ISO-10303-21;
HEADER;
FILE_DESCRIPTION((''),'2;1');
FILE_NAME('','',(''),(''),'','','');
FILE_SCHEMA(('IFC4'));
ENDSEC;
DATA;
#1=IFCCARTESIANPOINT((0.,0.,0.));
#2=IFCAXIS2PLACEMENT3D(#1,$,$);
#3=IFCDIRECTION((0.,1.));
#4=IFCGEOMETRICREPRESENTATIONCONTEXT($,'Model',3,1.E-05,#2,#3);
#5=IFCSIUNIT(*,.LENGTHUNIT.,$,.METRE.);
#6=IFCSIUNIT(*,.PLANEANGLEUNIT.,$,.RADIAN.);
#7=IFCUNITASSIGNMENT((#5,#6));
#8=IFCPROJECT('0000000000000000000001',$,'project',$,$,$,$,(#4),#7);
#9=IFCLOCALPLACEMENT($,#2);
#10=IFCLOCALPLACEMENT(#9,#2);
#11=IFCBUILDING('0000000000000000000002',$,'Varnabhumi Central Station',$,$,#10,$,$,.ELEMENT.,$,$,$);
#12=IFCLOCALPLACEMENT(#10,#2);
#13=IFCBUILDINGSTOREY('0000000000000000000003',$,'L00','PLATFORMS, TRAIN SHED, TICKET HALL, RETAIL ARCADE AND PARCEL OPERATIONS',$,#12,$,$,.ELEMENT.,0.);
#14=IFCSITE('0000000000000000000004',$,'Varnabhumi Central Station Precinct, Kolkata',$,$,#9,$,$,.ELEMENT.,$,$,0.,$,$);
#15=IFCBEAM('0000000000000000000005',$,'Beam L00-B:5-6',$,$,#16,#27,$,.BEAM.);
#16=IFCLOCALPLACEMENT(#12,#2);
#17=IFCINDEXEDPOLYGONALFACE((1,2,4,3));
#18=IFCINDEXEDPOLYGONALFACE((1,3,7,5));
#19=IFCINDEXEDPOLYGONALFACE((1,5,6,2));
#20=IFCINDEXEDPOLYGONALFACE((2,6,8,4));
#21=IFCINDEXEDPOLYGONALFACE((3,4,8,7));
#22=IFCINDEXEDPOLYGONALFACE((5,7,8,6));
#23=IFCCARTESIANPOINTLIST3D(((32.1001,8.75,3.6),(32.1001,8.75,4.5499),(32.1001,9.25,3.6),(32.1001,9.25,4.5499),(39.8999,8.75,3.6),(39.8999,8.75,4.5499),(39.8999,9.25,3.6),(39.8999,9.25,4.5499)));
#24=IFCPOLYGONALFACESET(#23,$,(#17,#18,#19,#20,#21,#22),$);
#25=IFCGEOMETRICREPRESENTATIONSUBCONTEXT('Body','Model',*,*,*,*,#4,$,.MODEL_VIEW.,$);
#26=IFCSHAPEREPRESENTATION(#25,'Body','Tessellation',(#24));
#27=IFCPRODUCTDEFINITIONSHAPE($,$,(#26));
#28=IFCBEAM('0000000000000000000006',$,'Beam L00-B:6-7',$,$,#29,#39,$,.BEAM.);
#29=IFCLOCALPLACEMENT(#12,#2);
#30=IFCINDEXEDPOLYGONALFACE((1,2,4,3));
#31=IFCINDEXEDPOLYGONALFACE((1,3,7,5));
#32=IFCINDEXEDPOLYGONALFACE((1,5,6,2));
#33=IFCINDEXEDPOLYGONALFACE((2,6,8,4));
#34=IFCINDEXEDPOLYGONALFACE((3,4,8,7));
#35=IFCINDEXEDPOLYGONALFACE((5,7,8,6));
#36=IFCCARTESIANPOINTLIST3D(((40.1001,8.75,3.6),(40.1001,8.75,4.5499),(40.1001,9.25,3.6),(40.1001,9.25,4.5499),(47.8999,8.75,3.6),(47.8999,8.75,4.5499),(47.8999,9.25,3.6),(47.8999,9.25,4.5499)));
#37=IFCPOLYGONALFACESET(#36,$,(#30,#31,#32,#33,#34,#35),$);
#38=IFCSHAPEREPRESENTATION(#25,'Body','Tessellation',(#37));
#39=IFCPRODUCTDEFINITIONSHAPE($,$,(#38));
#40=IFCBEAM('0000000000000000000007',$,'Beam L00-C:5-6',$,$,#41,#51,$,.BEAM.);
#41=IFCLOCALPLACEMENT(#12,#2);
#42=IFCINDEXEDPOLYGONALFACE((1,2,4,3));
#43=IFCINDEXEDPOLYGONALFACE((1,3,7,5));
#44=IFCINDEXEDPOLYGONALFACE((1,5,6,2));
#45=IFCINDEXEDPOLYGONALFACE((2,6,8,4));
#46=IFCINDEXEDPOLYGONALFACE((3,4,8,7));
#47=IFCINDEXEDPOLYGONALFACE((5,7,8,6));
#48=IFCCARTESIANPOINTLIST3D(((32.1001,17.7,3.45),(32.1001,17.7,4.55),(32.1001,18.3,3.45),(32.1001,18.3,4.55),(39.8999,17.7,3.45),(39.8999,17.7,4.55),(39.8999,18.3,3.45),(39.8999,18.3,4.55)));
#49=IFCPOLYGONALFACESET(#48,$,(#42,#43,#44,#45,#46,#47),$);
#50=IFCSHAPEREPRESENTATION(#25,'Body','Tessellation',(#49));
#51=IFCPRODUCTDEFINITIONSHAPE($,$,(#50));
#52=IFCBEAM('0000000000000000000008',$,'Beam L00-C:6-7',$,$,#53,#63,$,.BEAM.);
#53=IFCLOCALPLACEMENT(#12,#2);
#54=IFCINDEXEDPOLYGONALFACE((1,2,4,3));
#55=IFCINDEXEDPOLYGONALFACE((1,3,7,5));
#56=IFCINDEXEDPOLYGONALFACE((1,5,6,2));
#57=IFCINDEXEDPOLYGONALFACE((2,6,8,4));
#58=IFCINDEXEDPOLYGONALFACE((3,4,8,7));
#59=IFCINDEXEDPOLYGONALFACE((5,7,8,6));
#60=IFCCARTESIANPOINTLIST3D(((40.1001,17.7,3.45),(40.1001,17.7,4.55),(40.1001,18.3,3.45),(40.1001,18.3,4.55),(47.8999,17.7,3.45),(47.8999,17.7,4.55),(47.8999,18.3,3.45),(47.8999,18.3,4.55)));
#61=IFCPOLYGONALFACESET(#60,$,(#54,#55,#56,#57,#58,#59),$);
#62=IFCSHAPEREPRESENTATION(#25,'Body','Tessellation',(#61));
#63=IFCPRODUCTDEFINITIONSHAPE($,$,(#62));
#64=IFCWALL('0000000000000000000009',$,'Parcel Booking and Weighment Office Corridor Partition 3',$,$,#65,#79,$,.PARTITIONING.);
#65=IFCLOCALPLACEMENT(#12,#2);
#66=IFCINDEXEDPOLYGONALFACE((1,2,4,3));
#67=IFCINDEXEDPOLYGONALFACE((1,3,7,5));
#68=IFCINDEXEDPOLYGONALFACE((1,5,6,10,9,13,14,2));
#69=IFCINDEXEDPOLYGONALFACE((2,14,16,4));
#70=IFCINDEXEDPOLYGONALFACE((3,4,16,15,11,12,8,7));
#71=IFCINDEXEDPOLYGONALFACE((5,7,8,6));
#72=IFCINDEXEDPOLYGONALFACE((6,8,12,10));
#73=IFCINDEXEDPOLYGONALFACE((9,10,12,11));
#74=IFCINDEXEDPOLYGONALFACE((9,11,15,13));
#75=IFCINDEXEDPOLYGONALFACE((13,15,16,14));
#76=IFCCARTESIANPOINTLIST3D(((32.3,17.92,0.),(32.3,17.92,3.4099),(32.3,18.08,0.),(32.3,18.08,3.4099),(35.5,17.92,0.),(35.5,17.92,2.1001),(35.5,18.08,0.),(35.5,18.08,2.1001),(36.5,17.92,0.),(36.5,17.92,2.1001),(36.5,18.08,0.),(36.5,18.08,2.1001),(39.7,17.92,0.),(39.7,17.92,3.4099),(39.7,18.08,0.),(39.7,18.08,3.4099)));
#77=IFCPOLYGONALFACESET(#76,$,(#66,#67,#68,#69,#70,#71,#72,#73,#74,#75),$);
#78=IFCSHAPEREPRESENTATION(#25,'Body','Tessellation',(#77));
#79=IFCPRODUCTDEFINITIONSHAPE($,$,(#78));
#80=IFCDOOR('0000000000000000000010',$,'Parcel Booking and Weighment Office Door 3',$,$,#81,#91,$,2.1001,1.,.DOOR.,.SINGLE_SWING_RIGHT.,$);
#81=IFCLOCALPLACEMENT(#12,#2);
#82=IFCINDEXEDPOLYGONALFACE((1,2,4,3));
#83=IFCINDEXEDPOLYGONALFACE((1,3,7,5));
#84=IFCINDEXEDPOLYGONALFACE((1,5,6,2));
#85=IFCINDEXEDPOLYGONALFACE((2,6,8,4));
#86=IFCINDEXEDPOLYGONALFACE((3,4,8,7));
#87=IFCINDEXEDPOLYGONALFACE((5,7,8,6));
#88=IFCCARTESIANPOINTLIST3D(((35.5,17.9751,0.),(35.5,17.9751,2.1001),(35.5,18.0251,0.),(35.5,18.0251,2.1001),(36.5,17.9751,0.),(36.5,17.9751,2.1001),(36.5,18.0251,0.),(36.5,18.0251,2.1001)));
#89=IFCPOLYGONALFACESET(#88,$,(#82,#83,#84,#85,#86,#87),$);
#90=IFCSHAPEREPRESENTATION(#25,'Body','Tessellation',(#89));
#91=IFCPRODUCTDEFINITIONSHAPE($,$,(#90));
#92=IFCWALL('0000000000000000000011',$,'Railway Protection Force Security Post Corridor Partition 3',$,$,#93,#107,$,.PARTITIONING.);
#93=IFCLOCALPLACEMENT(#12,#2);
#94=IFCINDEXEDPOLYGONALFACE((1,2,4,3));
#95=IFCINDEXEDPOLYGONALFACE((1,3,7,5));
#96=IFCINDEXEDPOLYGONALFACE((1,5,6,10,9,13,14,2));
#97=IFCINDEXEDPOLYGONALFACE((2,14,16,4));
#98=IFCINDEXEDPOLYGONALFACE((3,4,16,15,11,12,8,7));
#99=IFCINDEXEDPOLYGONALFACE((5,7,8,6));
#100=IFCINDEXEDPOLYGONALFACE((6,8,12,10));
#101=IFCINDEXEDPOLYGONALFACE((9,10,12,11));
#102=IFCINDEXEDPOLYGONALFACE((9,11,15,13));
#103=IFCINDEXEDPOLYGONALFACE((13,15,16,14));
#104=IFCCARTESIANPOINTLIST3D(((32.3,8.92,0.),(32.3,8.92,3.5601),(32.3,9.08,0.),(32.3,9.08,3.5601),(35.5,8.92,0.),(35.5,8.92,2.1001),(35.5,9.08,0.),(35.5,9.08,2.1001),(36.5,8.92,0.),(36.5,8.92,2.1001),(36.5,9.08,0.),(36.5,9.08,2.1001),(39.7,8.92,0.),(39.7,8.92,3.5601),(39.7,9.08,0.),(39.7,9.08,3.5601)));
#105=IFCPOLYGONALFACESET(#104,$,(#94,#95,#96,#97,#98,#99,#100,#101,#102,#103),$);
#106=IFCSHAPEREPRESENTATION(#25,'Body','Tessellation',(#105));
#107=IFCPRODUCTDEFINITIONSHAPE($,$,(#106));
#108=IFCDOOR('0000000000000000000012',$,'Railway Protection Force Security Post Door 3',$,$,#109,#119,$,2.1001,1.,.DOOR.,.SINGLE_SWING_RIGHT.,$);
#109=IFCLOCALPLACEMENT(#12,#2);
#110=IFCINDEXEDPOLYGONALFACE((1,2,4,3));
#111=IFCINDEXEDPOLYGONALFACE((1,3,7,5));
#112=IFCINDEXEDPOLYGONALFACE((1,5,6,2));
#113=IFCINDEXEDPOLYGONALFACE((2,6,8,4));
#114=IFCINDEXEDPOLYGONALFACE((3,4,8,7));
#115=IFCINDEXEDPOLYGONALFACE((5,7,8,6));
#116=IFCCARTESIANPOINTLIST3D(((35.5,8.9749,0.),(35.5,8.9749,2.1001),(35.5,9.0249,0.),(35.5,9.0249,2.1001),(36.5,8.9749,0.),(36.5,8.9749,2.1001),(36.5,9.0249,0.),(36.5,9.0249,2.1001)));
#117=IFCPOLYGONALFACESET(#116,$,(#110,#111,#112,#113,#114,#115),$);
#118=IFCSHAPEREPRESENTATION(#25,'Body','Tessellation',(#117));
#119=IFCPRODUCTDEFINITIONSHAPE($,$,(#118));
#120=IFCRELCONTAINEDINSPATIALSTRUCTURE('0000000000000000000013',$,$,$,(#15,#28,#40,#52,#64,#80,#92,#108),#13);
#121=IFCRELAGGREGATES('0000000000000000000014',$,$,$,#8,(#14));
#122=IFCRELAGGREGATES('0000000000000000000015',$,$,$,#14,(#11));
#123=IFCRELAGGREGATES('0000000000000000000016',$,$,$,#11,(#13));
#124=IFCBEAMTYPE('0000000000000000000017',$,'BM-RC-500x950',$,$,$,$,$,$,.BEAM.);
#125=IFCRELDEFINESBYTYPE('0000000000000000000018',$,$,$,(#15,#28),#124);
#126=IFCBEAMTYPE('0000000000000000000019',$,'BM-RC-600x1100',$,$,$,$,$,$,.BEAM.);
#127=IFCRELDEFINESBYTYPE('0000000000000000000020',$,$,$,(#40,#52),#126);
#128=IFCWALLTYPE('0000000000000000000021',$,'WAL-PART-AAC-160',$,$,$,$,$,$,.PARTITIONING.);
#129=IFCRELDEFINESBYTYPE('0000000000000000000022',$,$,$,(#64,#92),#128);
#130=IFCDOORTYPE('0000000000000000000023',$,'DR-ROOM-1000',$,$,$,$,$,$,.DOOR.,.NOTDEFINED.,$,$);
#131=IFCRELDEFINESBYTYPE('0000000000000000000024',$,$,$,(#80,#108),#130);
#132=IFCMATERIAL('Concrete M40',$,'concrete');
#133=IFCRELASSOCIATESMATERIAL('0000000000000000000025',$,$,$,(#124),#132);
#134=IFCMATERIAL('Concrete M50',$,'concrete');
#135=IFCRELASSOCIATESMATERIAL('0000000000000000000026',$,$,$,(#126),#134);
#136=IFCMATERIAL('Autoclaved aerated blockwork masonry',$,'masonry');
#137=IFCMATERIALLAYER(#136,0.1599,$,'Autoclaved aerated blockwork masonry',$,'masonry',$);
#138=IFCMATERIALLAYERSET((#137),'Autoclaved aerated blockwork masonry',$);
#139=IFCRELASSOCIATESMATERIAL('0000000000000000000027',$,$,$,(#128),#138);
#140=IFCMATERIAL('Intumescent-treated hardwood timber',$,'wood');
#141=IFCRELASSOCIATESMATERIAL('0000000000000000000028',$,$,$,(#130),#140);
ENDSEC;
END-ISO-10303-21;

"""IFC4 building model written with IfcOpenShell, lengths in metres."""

from ifc_helpers import new_model, si_unit, direction, frame, frame_2d, origin, origin_2d, place, context, subcontext, project, spatial, rectangle, extrude, material, layer, layer_set, material_profile, profile_set, type_object, element, fill, save


model = new_model("IFC4")

# Units and contexts
model_context = context("Model", 3, precision=1e-05, world=origin(), true_north=direction((0.0, 1.0)))
body_context = subcontext(model_context, "Body", "Model", "MODEL_VIEW")
ifc_project = project(units=[si_unit("LENGTHUNIT", "METRE"), si_unit("PLANEANGLEUNIT", "RADIAN")], contexts=[model_context])

# Site, building, storey
site_placement = place(None, origin())
site = spatial("IfcSite", under=ifc_project, at=site_placement, Name="Varnabhumi Central Station Precinct, Kolkata", CompositionType="ELEMENT", RefElevation=0.0)
building_placement = place(site_placement, origin())
building = spatial("IfcBuilding", under=site, at=building_placement, Name="Varnabhumi Central Station", CompositionType="ELEMENT")
storey_placement = place(building_placement, origin())
storey = spatial("IfcBuildingStorey", under=building, at=storey_placement, Name="L00", Description="PLATFORMS, TRAIN SHED, TICKET HALL, RETAIL ARCADE AND PARCEL OPERATIONS", CompositionType="ELEMENT", Elevation=0.0)

# Shared definitions
ifc_material_1 = material(Name="Concrete M40", Category="concrete")

# Shared definitions
ifc_material_2 = material(Name="Concrete M50", Category="concrete")

# Beams
ifc_material_profile_1 = material_profile(ifc_material_1, rectangle(XDim=0.5, YDim=0.95, at=origin_2d()), Name="Concrete M40", Category="concrete")
ifc_profile_set_1 = profile_set([ifc_material_profile_1], Name="Concrete M40")
beam_type_1 = type_object("IfcBeamType", Name="BM-RC-500x950", PredefinedType="BEAM", material=ifc_profile_set_1)
for number, where, z_axis, x_axis, name in (
    (1, (32.1001, 9.0, 4.075), (1.0, 0.0, 0.0), (0.0, 1.0, 0.0), "Beam L00-B:5-6"),
    (2, (40.1001, 9.0, 4.075), (1.0, 0.0, 0.0), (0.0, 1.0, 0.0), "Beam L00-B:6-7"),
):
    element("IfcBeam", number, at=place(storey_placement, frame(where, z_axis=z_axis, x_axis=x_axis)), inside=storey, type_object=beam_type_1, Name=name, PredefinedType="BEAM", context=body_context, shape_type="SweptSolid", body=[
        extrude(rectangle(XDim=0.5, YDim=0.95, at=origin_2d()), origin(), (0.0, 0.0, 1.0), 7.7998),
    ])
ifc_material_profile_2 = material_profile(ifc_material_2, rectangle(XDim=0.6001, YDim=1.1001, at=origin_2d()), Name="Concrete M50", Category="concrete")
ifc_profile_set_2 = profile_set([ifc_material_profile_2], Name="Concrete M50")
beam_type_2 = type_object("IfcBeamType", Name="BM-RC-600x1100", PredefinedType="BEAM", material=ifc_profile_set_2)
for number, where, z_axis, x_axis, name in (
    (3, (32.1001, 18.0, 4.0), (1.0, 0.0, 0.0), (0.0, 1.0, 0.0), "Beam L00-C:5-6"),
    (4, (40.1001, 18.0, 4.0), (1.0, 0.0, 0.0), (0.0, 1.0, 0.0), "Beam L00-C:6-7"),
):
    element("IfcBeam", number, at=place(storey_placement, frame(where, z_axis=z_axis, x_axis=x_axis)), inside=storey, type_object=beam_type_2, Name=name, PredefinedType="BEAM", context=body_context, shape_type="SweptSolid", body=[
        extrude(rectangle(XDim=0.6001, YDim=1.1001, at=origin_2d()), origin(), (0.0, 0.0, 1.0), 7.7998),
    ])

# Shared definitions
ifc_material_3 = material(Name="Intumescent-treated hardwood timber", Category="wood")

# Walls, openings, doors
ifc_material_4 = material(Name="Autoclaved aerated blockwork masonry", Category="masonry")
ifc_layer_1 = layer(ifc_material_4, 0.1599, Name="Autoclaved aerated blockwork masonry", Category="masonry")
ifc_layer_set_1 = layer_set([ifc_layer_1], Name="Autoclaved aerated blockwork masonry")
wall_type_1 = type_object("IfcWallType", Name="WAL-PART-AAC-160", PredefinedType="PARTITIONING", material=ifc_layer_set_1)
wall_1_placement = place(storey_placement, frame((32.3, 18.0, 0.0), z_axis=(0.0, 0.0, 1.0), x_axis=(1.0, 0.0, 0.0)))
wall_1 = element("IfcWall", 5, at=wall_1_placement, inside=storey, type_object=wall_type_1, Name="Parcel Booking and Weighment Office Corridor Partition 3", PredefinedType="PARTITIONING", context=body_context, shape_type="SweptSolid", body=[
    extrude(rectangle(XDim=7.3999, YDim=0.1599, at=frame_2d((3.7, 0.0))), origin(), (0.0, 0.0, 1.0), 3.4099),
])
opening_1_placement = place(wall_1_placement, frame((3.2, 0.0, 0.0)))
opening_1 = element("IfcOpeningElement", 6, at=opening_1_placement, cuts=wall_1, PredefinedType="OPENING", context=body_context, shape_type="SweptSolid", body=[
    extrude(rectangle(XDim=1.0, YDim=2.1001, at=frame_2d((0.5, 1.05))), frame((0.0, 0.0898, 0.0), z_axis=(0.0, -1.0, 0.0), x_axis=(1.0, 0.0, 0.0)), (0.0, 0.0, 1.0), 0.1799),
])
door_type_1 = type_object("IfcDoorType", Name="DR-ROOM-1000", OperationType="NOTDEFINED", PredefinedType="DOOR", material=ifc_material_3)
door_1_placement = place(opening_1_placement, frame((1.0, 0.0, 0.0), z_axis=(0.0, 0.0, 1.0), x_axis=(-1.0, 0.0, 0.0)))
door_1 = element("IfcDoor", 7, at=door_1_placement, inside=storey, type_object=door_type_1, Name="Parcel Booking and Weighment Office Door 3", OperationType="SINGLE_SWING_RIGHT", OverallHeight=2.1001, OverallWidth=1.0, PredefinedType="DOOR", context=body_context, shape_type="SweptSolid", body=[
    extrude(rectangle(XDim=1.0, YDim=2.1001, at=frame_2d((0.5, 1.05))), frame((0.0, 0.0249, 0.0), z_axis=(0.0, -1.0, 0.0), x_axis=(1.0, 0.0, 0.0)), (0.0, 0.0, 1.0), 0.05),
])
fill(opening_1, door_1)
wall_2_placement = place(storey_placement, frame((32.3, 9.0, 0.0), z_axis=(0.0, 0.0, 1.0), x_axis=(1.0, 0.0, 0.0)))
wall_2 = element("IfcWall", 8, at=wall_2_placement, inside=storey, type_object=wall_type_1, Name="Railway Protection Force Security Post Corridor Partition 3", PredefinedType="PARTITIONING", context=body_context, shape_type="SweptSolid", body=[
    extrude(rectangle(XDim=7.3999, YDim=0.1599, at=frame_2d((3.7, 0.0))), origin(), (0.0, 0.0, 1.0), 3.5601),
])
opening_2_placement = place(wall_2_placement, frame((3.2, 0.0, 0.0)))
opening_2 = element("IfcOpeningElement", 9, at=opening_2_placement, cuts=wall_2, PredefinedType="OPENING", context=body_context, shape_type="SweptSolid", body=[
    extrude(rectangle(XDim=1.0, YDim=2.1001, at=frame_2d((0.5, 1.05))), frame((0.0, 0.0898, 0.0), z_axis=(0.0, -1.0, 0.0), x_axis=(1.0, 0.0, 0.0)), (0.0, 0.0, 1.0), 0.1799),
])
door_2_placement = place(opening_2_placement, origin())
door_2 = element("IfcDoor", 10, at=door_2_placement, inside=storey, type_object=door_type_1, Name="Railway Protection Force Security Post Door 3", OperationType="SINGLE_SWING_RIGHT", OverallHeight=2.1001, OverallWidth=1.0, PredefinedType="DOOR", context=body_context, shape_type="SweptSolid", body=[
    extrude(rectangle(XDim=1.0, YDim=2.1001, at=frame_2d((0.5, 1.05))), frame((0.0, 0.0249, 0.0), z_axis=(0.0, -1.0, 0.0), x_axis=(1.0, 0.0, 0.0)), (0.0, 0.0, 1.0), 0.05),
])
fill(opening_2, door_2)

save(model, "model.ifc")
